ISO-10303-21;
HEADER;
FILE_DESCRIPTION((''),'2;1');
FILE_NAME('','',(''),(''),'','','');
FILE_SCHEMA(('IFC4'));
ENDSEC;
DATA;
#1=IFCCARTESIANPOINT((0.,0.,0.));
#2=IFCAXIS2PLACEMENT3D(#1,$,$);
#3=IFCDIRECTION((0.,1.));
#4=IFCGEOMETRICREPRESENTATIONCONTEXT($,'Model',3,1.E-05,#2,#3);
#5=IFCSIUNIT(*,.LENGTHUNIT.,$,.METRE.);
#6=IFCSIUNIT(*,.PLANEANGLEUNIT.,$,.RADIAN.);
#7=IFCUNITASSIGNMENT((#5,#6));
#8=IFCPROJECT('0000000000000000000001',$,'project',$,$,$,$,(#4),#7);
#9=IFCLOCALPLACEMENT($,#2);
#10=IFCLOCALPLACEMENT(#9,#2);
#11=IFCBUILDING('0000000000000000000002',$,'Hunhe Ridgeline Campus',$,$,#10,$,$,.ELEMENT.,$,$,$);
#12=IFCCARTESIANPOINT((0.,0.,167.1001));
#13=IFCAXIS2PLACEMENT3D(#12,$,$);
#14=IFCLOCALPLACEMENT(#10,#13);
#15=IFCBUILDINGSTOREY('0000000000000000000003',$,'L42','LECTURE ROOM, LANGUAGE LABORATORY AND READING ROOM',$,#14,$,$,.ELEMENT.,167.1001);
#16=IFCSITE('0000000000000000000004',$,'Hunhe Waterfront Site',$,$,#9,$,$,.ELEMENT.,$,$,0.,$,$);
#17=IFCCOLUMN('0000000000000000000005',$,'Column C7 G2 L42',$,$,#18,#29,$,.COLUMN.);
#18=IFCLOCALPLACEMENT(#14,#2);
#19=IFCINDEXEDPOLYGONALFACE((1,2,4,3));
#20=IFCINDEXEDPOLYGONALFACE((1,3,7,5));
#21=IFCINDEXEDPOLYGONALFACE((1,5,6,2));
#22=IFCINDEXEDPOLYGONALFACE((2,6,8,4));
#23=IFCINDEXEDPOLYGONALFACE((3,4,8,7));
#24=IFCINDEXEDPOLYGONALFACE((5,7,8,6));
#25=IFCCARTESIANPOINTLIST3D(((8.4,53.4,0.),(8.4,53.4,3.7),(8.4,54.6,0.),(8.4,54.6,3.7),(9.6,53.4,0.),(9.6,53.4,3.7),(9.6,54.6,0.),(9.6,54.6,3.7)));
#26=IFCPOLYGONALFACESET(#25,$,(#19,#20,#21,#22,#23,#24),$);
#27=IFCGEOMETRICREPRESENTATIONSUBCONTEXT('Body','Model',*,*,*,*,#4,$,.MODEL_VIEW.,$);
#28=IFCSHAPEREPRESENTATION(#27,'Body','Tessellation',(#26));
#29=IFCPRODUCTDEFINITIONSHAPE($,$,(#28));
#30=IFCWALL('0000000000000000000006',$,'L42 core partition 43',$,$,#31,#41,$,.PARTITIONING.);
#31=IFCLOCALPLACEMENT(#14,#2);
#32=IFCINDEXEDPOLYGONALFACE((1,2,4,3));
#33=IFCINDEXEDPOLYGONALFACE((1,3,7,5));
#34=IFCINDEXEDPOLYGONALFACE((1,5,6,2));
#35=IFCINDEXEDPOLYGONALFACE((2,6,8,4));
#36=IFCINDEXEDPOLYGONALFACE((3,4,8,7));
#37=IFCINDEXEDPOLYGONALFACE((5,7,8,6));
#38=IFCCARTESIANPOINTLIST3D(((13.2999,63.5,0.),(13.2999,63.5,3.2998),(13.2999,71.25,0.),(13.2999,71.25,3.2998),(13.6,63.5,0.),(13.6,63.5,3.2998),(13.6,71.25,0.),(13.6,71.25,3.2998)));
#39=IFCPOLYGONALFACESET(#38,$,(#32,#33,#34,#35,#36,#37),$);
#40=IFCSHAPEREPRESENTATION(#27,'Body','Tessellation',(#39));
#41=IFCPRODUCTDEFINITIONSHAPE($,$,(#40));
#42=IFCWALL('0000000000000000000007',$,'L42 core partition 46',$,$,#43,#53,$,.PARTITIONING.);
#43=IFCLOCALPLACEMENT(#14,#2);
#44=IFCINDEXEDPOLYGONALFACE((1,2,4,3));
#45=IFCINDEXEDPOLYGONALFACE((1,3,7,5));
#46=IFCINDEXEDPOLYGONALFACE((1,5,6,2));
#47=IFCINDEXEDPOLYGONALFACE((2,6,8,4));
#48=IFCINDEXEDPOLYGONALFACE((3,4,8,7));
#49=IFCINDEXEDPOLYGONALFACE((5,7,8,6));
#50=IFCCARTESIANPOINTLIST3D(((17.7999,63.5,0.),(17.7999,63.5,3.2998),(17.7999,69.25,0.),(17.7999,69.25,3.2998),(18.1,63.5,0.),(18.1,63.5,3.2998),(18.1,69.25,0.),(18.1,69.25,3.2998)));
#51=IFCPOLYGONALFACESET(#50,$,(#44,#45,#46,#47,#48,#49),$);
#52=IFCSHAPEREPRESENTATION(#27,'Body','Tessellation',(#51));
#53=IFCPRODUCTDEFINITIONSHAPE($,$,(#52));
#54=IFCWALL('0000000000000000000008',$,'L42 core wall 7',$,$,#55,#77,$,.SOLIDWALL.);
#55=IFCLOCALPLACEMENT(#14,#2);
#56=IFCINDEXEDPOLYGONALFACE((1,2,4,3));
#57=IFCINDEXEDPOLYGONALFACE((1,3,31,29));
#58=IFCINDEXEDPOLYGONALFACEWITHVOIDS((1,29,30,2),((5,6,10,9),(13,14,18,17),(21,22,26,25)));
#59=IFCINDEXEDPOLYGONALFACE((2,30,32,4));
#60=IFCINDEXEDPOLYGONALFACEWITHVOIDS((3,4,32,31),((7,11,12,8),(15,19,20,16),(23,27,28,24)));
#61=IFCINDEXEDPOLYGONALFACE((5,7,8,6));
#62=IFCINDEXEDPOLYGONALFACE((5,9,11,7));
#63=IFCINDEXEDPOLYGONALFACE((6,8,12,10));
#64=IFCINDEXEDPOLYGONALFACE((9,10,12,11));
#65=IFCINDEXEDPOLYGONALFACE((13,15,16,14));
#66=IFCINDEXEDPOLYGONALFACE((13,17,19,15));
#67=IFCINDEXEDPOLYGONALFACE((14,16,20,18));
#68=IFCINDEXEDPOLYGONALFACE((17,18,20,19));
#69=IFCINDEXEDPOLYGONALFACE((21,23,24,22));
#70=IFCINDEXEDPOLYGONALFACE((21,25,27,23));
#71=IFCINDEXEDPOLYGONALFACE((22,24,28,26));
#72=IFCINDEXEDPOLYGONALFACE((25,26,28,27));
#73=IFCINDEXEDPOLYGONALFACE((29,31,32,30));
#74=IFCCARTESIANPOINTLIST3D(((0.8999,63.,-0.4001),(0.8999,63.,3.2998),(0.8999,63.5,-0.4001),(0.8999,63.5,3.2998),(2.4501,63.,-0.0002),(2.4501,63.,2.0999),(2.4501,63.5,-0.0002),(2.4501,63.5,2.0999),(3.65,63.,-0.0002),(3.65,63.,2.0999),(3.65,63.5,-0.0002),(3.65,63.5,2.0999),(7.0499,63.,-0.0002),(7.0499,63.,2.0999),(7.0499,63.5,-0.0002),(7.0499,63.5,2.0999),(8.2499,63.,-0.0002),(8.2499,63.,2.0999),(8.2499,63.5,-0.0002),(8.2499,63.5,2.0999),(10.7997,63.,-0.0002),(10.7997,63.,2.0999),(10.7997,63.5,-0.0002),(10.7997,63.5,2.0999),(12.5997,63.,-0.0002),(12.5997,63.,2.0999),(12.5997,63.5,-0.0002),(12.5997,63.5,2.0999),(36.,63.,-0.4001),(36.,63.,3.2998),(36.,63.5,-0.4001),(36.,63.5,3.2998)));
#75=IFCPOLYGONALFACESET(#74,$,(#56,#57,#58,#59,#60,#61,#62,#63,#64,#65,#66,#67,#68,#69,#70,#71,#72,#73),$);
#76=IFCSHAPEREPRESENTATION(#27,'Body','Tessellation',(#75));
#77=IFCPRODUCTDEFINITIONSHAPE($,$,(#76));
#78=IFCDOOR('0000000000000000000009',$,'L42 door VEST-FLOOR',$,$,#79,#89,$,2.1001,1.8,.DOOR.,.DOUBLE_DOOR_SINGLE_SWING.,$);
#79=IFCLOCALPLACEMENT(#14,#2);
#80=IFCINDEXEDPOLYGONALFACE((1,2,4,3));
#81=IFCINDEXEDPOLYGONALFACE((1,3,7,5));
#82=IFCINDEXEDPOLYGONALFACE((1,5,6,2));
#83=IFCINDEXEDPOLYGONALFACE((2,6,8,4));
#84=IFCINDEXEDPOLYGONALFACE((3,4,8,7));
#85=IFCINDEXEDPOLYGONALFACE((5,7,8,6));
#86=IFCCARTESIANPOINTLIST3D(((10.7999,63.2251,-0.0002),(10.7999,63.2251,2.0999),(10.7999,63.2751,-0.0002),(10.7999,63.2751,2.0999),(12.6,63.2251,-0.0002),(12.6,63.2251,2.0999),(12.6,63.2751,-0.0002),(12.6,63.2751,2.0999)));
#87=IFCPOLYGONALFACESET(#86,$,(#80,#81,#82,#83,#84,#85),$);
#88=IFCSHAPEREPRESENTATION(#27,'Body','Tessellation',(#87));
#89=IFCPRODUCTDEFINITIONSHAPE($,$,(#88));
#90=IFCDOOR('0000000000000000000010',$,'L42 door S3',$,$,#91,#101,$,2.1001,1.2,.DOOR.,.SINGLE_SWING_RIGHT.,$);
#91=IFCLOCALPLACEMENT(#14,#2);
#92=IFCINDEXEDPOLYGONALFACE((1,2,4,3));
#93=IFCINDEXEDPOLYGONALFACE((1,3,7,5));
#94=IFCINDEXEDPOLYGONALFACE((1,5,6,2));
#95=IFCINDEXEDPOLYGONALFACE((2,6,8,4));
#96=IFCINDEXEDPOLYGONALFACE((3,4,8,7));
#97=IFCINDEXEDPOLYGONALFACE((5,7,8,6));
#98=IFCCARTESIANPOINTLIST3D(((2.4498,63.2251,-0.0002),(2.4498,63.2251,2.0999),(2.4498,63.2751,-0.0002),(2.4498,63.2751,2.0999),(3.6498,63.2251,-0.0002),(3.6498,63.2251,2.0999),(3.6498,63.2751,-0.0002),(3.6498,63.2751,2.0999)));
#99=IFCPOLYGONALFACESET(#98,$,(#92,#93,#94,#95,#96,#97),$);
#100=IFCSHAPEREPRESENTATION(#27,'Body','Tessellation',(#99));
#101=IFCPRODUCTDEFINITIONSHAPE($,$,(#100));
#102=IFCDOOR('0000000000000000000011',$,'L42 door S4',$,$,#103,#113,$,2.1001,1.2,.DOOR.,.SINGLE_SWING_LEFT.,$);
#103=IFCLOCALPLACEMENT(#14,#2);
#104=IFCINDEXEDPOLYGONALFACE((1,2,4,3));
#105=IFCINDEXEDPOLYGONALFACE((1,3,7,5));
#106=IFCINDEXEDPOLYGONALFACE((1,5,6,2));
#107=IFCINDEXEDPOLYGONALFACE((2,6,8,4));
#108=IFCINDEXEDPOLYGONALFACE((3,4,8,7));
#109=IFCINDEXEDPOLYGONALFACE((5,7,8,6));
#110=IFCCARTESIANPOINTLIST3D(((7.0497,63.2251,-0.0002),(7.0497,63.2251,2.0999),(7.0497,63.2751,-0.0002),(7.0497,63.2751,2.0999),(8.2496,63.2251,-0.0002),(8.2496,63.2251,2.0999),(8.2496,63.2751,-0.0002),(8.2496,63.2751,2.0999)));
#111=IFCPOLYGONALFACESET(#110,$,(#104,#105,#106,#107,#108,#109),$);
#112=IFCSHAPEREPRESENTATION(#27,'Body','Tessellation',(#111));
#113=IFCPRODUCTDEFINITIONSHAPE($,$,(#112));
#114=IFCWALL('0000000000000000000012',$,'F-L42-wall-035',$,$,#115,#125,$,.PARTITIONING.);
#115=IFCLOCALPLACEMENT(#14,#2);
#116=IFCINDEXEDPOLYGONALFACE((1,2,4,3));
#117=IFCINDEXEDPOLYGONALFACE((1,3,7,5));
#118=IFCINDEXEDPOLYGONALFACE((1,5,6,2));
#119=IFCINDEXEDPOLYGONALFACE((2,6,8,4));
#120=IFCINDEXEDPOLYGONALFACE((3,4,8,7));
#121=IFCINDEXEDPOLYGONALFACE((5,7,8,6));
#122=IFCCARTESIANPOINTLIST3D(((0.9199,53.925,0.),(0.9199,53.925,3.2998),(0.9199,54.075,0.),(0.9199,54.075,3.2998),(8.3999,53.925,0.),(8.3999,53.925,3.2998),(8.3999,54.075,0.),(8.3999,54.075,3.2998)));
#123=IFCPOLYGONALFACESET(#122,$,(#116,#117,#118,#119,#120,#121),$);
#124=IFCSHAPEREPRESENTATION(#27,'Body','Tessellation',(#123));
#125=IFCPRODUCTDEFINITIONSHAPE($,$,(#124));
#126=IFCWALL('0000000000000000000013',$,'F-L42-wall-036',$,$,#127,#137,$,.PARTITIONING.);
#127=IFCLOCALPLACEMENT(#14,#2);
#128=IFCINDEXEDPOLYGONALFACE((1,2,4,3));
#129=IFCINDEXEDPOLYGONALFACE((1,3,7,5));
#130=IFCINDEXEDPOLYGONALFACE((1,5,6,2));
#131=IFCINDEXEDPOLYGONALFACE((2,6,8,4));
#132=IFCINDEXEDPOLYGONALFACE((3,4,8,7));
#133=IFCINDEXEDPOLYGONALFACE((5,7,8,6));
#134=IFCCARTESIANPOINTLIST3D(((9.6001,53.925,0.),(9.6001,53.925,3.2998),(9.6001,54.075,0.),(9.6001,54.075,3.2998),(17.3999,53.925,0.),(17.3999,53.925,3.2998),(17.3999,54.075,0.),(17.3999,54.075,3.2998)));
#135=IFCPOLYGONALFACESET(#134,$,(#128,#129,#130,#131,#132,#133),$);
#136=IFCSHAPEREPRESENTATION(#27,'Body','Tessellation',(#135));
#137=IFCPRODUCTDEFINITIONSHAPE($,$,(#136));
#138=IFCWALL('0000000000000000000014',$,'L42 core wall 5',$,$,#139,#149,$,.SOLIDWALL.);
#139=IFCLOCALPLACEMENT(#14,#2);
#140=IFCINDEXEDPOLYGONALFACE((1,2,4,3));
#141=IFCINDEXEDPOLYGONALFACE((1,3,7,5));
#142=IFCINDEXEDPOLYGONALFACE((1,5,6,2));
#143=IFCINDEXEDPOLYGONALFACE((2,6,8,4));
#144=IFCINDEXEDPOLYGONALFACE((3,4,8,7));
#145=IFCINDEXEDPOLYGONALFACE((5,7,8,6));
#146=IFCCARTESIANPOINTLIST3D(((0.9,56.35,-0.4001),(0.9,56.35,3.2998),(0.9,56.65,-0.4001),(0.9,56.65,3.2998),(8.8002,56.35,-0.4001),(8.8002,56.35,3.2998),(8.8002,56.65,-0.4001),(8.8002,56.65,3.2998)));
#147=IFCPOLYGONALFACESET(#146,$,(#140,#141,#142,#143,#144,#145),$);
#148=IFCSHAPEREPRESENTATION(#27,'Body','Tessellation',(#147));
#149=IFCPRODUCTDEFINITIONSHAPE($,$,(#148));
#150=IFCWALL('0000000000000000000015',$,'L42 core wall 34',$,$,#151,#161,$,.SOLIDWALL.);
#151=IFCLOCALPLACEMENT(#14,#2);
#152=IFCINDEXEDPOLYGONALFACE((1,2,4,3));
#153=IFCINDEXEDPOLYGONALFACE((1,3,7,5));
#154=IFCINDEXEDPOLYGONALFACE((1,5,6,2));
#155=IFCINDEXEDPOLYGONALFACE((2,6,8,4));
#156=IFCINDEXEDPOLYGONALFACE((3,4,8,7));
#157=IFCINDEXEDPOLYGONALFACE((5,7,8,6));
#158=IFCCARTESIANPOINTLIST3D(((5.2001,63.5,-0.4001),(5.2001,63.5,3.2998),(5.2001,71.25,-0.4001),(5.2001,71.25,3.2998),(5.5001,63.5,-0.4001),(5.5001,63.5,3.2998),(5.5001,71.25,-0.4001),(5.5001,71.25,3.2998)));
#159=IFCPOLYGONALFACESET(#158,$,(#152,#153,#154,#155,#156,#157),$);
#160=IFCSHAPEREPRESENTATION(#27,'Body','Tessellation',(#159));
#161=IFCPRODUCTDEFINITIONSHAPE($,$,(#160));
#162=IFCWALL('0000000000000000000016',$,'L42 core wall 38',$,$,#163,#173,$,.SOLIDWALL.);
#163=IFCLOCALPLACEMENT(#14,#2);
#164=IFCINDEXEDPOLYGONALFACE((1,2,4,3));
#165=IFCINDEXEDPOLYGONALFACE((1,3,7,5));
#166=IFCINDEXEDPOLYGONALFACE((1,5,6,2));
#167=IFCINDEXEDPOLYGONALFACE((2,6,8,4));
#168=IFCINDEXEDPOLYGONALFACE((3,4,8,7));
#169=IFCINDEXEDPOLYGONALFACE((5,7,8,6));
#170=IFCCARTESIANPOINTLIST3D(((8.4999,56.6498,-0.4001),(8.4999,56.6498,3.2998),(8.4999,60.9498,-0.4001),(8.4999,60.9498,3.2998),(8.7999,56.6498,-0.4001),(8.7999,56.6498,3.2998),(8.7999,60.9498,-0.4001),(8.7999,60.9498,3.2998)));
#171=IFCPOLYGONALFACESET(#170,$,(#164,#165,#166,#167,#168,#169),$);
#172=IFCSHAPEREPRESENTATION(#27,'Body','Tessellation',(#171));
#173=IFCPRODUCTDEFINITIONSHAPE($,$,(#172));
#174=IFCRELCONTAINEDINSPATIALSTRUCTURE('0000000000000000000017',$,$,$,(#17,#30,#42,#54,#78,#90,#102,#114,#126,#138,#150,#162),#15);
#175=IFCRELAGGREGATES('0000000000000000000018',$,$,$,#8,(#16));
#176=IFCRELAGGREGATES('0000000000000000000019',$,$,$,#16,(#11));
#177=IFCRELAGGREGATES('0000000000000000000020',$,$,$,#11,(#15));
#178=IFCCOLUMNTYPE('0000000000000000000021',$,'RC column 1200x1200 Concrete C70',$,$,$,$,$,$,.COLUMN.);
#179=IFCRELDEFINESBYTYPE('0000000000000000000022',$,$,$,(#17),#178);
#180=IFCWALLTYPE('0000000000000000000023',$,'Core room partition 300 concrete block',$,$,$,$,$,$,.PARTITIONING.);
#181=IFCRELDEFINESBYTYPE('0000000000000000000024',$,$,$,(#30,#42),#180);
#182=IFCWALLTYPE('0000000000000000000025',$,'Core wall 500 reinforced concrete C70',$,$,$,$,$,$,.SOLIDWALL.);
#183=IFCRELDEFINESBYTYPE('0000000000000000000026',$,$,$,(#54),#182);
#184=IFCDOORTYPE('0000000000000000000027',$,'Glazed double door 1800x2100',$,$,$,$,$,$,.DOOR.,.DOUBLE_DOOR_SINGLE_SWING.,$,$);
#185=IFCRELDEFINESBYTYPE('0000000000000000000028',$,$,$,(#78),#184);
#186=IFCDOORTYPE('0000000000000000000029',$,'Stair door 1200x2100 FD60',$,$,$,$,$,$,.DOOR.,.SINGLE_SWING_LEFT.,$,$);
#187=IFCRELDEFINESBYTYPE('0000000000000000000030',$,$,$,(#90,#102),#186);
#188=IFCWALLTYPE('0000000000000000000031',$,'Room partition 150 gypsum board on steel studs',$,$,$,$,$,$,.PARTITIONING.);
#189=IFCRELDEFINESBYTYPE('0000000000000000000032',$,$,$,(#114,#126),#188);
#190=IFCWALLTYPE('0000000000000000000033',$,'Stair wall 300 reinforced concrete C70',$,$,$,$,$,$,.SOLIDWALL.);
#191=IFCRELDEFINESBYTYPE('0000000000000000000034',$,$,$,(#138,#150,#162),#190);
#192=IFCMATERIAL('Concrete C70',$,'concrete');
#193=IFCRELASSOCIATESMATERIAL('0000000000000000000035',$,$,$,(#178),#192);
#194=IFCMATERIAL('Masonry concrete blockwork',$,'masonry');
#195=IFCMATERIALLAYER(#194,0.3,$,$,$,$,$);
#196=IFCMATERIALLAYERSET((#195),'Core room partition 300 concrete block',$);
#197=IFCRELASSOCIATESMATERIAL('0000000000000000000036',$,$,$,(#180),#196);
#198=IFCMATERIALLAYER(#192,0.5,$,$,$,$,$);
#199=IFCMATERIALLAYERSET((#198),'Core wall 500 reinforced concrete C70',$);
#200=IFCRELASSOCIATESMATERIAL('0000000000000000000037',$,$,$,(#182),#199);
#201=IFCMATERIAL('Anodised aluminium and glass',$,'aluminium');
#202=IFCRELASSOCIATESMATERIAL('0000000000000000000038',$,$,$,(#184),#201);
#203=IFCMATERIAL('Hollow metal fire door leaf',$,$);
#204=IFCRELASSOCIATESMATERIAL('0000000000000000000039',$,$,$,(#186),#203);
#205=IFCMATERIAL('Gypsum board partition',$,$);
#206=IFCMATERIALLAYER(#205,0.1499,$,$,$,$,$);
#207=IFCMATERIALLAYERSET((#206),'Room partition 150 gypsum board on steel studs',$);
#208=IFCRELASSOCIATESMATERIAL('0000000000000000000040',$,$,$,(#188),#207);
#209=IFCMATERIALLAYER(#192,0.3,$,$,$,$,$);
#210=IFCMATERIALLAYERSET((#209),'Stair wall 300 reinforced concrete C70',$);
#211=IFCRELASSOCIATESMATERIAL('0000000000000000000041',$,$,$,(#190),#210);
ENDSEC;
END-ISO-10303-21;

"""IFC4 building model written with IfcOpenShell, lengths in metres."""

from ifc_helpers import new_model, si_unit, direction, frame, frame_2d, origin, origin_2d, place, context, subcontext, project, spatial, rectangle, extrude, material, layer, layer_set, material_profile, profile_set, type_object, element, fill, save


model = new_model("IFC4")

# Units and contexts
model_context = context("Model", 3, precision=1e-05, world=origin(), true_north=direction((0.0, 1.0)))
body_context = subcontext(model_context, "Body", "Model", "MODEL_VIEW")
ifc_project = project(units=[si_unit("LENGTHUNIT", "METRE"), si_unit("PLANEANGLEUNIT", "RADIAN")], contexts=[model_context])

# Site, building, storey
site_placement = place(None, origin())
site = spatial("IfcSite", under=ifc_project, at=site_placement, Name="Hunhe Waterfront Site", CompositionType="ELEMENT", RefElevation=0.0)
building_placement = place(site_placement, origin())
building = spatial("IfcBuilding", under=site, at=building_placement, Name="Hunhe Ridgeline Campus", CompositionType="ELEMENT")
storey_placement = place(building_placement, frame((0.0, 0.0, 167.1001)))
storey = spatial("IfcBuildingStorey", under=building, at=storey_placement, Name="L42", Description="LECTURE ROOM, LANGUAGE LABORATORY AND READING ROOM", CompositionType="ELEMENT", Elevation=167.1001)

# Column
ifc_material_1 = material(Name="Concrete C70", Category="concrete")
ifc_material_profile = material_profile(ifc_material_1, rectangle(XDim=1.2, YDim=1.2, at=origin_2d()))
ifc_profile_set = profile_set([ifc_material_profile], Name="Concrete C70")
column_type = type_object("IfcColumnType", Name="RC column 1200x1200 Concrete C70", PredefinedType="COLUMN", material=ifc_profile_set)
column_placement = place(storey_placement, frame((9.0, 54.0, 0.0), z_axis=(0.0, 0.0, 1.0), x_axis=(1.0, 0.0, 0.0)))
element("IfcColumn", 1, at=column_placement, inside=storey, type_object=column_type, Name="Column C7 G2 L42", PredefinedType="COLUMN", context=body_context, shape_type="SweptSolid", body=[
    extrude(rectangle(XDim=1.2, YDim=1.2, at=origin_2d()), origin(), (0.0, 0.0, 1.0), 3.7),
])

# Shared definitions
ifc_material_2 = material(Name="Masonry concrete blockwork", Category="masonry")
ifc_layer_1 = layer(ifc_material_2, 0.3)
ifc_layer_set_1 = layer_set([ifc_layer_1], Name="Core room partition 300 concrete block")
wall_type_1 = type_object("IfcWallType", Name="Core room partition 300 concrete block", PredefinedType="PARTITIONING", material=ifc_layer_set_1)

# Walls
wall_1_placement = place(storey_placement, frame((13.45, 63.5, 0.0), z_axis=(0.0, 0.0, 1.0), x_axis=(0.0, 1.0, 0.0)))
element("IfcWall", 2, at=wall_1_placement, inside=storey, type_object=wall_type_1, Name="L42 core partition 43", PredefinedType="PARTITIONING", context=body_context, shape_type="SweptSolid", body=[
    extrude(rectangle(XDim=7.75, YDim=0.3, at=frame_2d((3.875, 0.0))), origin(), (0.0, 0.0, 1.0), 3.2998),
])
wall_2_placement = place(storey_placement, frame((17.95, 63.5, 0.0), z_axis=(0.0, 0.0, 1.0), x_axis=(0.0, 1.0, 0.0)))
element("IfcWall", 3, at=wall_2_placement, inside=storey, type_object=wall_type_1, Name="L42 core partition 46", PredefinedType="PARTITIONING", context=body_context, shape_type="SweptSolid", body=[
    extrude(rectangle(XDim=5.75, YDim=0.3, at=frame_2d((2.875, 0.0))), origin(), (0.0, 0.0, 1.0), 3.2998),
])

# Wall, openings, doors
ifc_layer_2 = layer(ifc_material_1, 0.5)
ifc_layer_set_2 = layer_set([ifc_layer_2], Name="Core wall 500 reinforced concrete C70")
wall_type_2 = type_object("IfcWallType", Name="Core wall 500 reinforced concrete C70", PredefinedType="SOLIDWALL", material=ifc_layer_set_2)
wall_3_placement = place(storey_placement, frame((0.8999, 63.25, -0.4001), z_axis=(0.0, 0.0, 1.0), x_axis=(1.0, 0.0, 0.0)))
wall_3 = element("IfcWall", 4, at=wall_3_placement, inside=storey, type_object=wall_type_2, Name="L42 core wall 7", PredefinedType="SOLIDWALL", context=body_context, shape_type="SweptSolid", body=[
    extrude(rectangle(XDim=35.1001, YDim=0.5, at=frame_2d((17.55, 0.0))), origin(), (0.0, 0.0, 1.0), 3.7),
])
opening_1_placement = place(wall_3_placement, frame((9.8999, 0.0, 0.3999)))
opening_1 = element("IfcOpeningElement", 5, at=opening_1_placement, cuts=wall_3, PredefinedType="OPENING", context=body_context, shape_type="SweptSolid", body=[
    extrude(rectangle(XDim=1.8, YDim=2.1001, at=frame_2d((0.8999, 1.05))), frame((0.0, 0.25, 0.0), z_axis=(0.0, -1.0, 0.0), x_axis=(1.0, 0.0, 0.0)), (0.0, 0.0, 1.0), 0.5),
])
opening_2_placement = place(wall_3_placement, frame((1.55, 0.0, 0.3999)))
opening_2 = element("IfcOpeningElement", 6, at=opening_2_placement, cuts=wall_3, PredefinedType="OPENING", context=body_context, shape_type="SweptSolid", body=[
    extrude(rectangle(XDim=1.2, YDim=2.1001, at=frame_2d((0.6001, 1.05))), frame((0.0, 0.25, 0.0), z_axis=(0.0, -1.0, 0.0), x_axis=(1.0, 0.0, 0.0)), (0.0, 0.0, 1.0), 0.5),
])
opening_3_placement = place(wall_3_placement, frame((6.1499, 0.0, 0.3999)))
opening_3 = element("IfcOpeningElement", 7, at=opening_3_placement, cuts=wall_3, PredefinedType="OPENING", context=body_context, shape_type="SweptSolid", body=[
    extrude(rectangle(XDim=1.2, YDim=2.1001, at=frame_2d((0.6001, 1.05))), frame((0.0, 0.25, 0.0), z_axis=(0.0, -1.0, 0.0), x_axis=(1.0, 0.0, 0.0)), (0.0, 0.0, 1.0), 0.5),
])
ifc_material_3 = material(Name="Anodised aluminium and glass", Category="aluminium")
door_type_1 = type_object("IfcDoorType", Name="Glazed double door 1800x2100", OperationType="DOUBLE_DOOR_SINGLE_SWING", PredefinedType="DOOR", material=ifc_material_3)
door_1_placement = place(opening_1_placement, frame((1.8, 0.0, 0.0), z_axis=(0.0, 0.0, 1.0), x_axis=(-1.0, 0.0, 0.0)))
door_1 = element("IfcDoor", 8, at=door_1_placement, inside=storey, type_object=door_type_1, Name="L42 door VEST-FLOOR", OperationType="DOUBLE_DOOR_SINGLE_SWING", OverallHeight=2.1001, OverallWidth=1.8, PredefinedType="DOOR", context=body_context, shape_type="SweptSolid", body=[
    extrude(rectangle(XDim=1.8, YDim=2.1001, at=frame_2d((0.8999, 1.05))), frame((0.0, 0.0249, 0.0), z_axis=(0.0, -1.0, 0.0), x_axis=(1.0, 0.0, 0.0)), (0.0, 0.0, 1.0), 0.05),
])
fill(opening_1, door_1)
ifc_material_4 = material(Name="Hollow metal fire door leaf")
door_type_2 = type_object("IfcDoorType", Name="Stair door 1200x2100 FD60", OperationType="SINGLE_SWING_LEFT", PredefinedType="DOOR", material=ifc_material_4)
door_2_placement = place(opening_2_placement, frame((1.2, 0.0, 0.0), z_axis=(0.0, 0.0, 1.0), x_axis=(-1.0, 0.0, 0.0)))
door_2 = element("IfcDoor", 9, at=door_2_placement, inside=storey, type_object=door_type_2, Name="L42 door S3", OperationType="SINGLE_SWING_RIGHT", OverallHeight=2.1001, OverallWidth=1.2, PredefinedType="DOOR", context=body_context, shape_type="SweptSolid", body=[
    extrude(rectangle(XDim=1.2, YDim=2.1001, at=frame_2d((0.6001, 1.05))), frame((0.0, 0.0249, 0.0), z_axis=(0.0, -1.0, 0.0), x_axis=(1.0, 0.0, 0.0)), (0.0, 0.0, 1.0), 0.05),
])
fill(opening_2, door_2)
door_3_placement = place(opening_3_placement, frame((1.2, 0.0, 0.0), z_axis=(0.0, 0.0, 1.0), x_axis=(-1.0, 0.0, 0.0)))
door_3 = element("IfcDoor", 10, at=door_3_placement, inside=storey, type_object=door_type_2, Name="L42 door S4", OperationType="SINGLE_SWING_LEFT", OverallHeight=2.1001, OverallWidth=1.2, PredefinedType="DOOR", context=body_context, shape_type="SweptSolid", body=[
    extrude(rectangle(XDim=1.2, YDim=2.1001, at=frame_2d((0.6001, 1.05))), frame((0.0, 0.0249, 0.0), z_axis=(0.0, -1.0, 0.0), x_axis=(1.0, 0.0, 0.0)), (0.0, 0.0, 1.0), 0.05),
])
fill(opening_3, door_3)

# Walls
ifc_material_5 = material(Name="Gypsum board partition")
ifc_layer_3 = layer(ifc_material_5, 0.1499)
ifc_layer_set_3 = layer_set([ifc_layer_3], Name="Room partition 150 gypsum board on steel studs")
wall_type_3 = type_object("IfcWallType", Name="Room partition 150 gypsum board on steel studs", PredefinedType="PARTITIONING", material=ifc_layer_set_3)
wall_4_placement = place(storey_placement, frame((0.9199, 54.0, 0.0), z_axis=(0.0, 0.0, 1.0), x_axis=(1.0, 0.0, 0.0)))
element("IfcWall", 11, at=wall_4_placement, inside=storey, type_object=wall_type_3, Name="F-L42-wall-035", PredefinedType="PARTITIONING", context=body_context, shape_type="SweptSolid", body=[
    extrude(rectangle(XDim=7.48, YDim=0.1499, at=frame_2d((3.74, 0.0))), origin(), (0.0, 0.0, 1.0), 3.2998),
])
wall_5_placement = place(storey_placement, frame((9.6001, 54.0, 0.0), z_axis=(0.0, 0.0, 1.0), x_axis=(1.0, 0.0, 0.0)))
element("IfcWall", 12, at=wall_5_placement, inside=storey, type_object=wall_type_3, Name="F-L42-wall-036", PredefinedType="PARTITIONING", context=body_context, shape_type="SweptSolid", body=[
    extrude(rectangle(XDim=7.7998, YDim=0.1499, at=frame_2d((3.8999, 0.0))), origin(), (0.0, 0.0, 1.0), 3.2998),
])
ifc_layer_4 = layer(ifc_material_1, 0.3)
ifc_layer_set_4 = layer_set([ifc_layer_4], Name="Stair wall 300 reinforced concrete C70")
wall_type_4 = type_object("IfcWallType", Name="Stair wall 300 reinforced concrete C70", PredefinedType="SOLIDWALL", material=ifc_layer_set_4)
wall_6_placement = place(storey_placement, frame((0.8999, 56.5, -0.4001), z_axis=(0.0, 0.0, 1.0), x_axis=(1.0, 0.0, 0.0)))
element("IfcWall", 13, at=wall_6_placement, inside=storey, type_object=wall_type_4, Name="L42 core wall 5", PredefinedType="SOLIDWALL", context=body_context, shape_type="SweptSolid", body=[
    extrude(rectangle(XDim=7.9001, YDim=0.3, at=frame_2d((3.9502, 0.0))), origin(), (0.0, 0.0, 1.0), 3.7),
])

# Walls
wall_7_placement = place(storey_placement, frame((5.3501, 63.5, -0.4001), z_axis=(0.0, 0.0, 1.0), x_axis=(0.0, 1.0, 0.0)))
element("IfcWall", 14, at=wall_7_placement, inside=storey, type_object=wall_type_4, Name="L42 core wall 34", PredefinedType="SOLIDWALL", context=body_context, shape_type="SweptSolid", body=[
    extrude(rectangle(XDim=7.75, YDim=0.3, at=frame_2d((3.875, 0.0))), origin(), (0.0, 0.0, 1.0), 3.7),
])
wall_8_placement = place(storey_placement, frame((8.6499, 56.6499, -0.4001), z_axis=(0.0, 0.0, 1.0), x_axis=(0.0, 1.0, 0.0)))
element("IfcWall", 15, at=wall_8_placement, inside=storey, type_object=wall_type_4, Name="L42 core wall 38", PredefinedType="SOLIDWALL", context=body_context, shape_type="SweptSolid", body=[
    extrude(rectangle(XDim=4.3, YDim=0.3, at=frame_2d((2.1499, 0.0))), origin(), (0.0, 0.0, 1.0), 3.7),
])

save(model, "model.ifc")
